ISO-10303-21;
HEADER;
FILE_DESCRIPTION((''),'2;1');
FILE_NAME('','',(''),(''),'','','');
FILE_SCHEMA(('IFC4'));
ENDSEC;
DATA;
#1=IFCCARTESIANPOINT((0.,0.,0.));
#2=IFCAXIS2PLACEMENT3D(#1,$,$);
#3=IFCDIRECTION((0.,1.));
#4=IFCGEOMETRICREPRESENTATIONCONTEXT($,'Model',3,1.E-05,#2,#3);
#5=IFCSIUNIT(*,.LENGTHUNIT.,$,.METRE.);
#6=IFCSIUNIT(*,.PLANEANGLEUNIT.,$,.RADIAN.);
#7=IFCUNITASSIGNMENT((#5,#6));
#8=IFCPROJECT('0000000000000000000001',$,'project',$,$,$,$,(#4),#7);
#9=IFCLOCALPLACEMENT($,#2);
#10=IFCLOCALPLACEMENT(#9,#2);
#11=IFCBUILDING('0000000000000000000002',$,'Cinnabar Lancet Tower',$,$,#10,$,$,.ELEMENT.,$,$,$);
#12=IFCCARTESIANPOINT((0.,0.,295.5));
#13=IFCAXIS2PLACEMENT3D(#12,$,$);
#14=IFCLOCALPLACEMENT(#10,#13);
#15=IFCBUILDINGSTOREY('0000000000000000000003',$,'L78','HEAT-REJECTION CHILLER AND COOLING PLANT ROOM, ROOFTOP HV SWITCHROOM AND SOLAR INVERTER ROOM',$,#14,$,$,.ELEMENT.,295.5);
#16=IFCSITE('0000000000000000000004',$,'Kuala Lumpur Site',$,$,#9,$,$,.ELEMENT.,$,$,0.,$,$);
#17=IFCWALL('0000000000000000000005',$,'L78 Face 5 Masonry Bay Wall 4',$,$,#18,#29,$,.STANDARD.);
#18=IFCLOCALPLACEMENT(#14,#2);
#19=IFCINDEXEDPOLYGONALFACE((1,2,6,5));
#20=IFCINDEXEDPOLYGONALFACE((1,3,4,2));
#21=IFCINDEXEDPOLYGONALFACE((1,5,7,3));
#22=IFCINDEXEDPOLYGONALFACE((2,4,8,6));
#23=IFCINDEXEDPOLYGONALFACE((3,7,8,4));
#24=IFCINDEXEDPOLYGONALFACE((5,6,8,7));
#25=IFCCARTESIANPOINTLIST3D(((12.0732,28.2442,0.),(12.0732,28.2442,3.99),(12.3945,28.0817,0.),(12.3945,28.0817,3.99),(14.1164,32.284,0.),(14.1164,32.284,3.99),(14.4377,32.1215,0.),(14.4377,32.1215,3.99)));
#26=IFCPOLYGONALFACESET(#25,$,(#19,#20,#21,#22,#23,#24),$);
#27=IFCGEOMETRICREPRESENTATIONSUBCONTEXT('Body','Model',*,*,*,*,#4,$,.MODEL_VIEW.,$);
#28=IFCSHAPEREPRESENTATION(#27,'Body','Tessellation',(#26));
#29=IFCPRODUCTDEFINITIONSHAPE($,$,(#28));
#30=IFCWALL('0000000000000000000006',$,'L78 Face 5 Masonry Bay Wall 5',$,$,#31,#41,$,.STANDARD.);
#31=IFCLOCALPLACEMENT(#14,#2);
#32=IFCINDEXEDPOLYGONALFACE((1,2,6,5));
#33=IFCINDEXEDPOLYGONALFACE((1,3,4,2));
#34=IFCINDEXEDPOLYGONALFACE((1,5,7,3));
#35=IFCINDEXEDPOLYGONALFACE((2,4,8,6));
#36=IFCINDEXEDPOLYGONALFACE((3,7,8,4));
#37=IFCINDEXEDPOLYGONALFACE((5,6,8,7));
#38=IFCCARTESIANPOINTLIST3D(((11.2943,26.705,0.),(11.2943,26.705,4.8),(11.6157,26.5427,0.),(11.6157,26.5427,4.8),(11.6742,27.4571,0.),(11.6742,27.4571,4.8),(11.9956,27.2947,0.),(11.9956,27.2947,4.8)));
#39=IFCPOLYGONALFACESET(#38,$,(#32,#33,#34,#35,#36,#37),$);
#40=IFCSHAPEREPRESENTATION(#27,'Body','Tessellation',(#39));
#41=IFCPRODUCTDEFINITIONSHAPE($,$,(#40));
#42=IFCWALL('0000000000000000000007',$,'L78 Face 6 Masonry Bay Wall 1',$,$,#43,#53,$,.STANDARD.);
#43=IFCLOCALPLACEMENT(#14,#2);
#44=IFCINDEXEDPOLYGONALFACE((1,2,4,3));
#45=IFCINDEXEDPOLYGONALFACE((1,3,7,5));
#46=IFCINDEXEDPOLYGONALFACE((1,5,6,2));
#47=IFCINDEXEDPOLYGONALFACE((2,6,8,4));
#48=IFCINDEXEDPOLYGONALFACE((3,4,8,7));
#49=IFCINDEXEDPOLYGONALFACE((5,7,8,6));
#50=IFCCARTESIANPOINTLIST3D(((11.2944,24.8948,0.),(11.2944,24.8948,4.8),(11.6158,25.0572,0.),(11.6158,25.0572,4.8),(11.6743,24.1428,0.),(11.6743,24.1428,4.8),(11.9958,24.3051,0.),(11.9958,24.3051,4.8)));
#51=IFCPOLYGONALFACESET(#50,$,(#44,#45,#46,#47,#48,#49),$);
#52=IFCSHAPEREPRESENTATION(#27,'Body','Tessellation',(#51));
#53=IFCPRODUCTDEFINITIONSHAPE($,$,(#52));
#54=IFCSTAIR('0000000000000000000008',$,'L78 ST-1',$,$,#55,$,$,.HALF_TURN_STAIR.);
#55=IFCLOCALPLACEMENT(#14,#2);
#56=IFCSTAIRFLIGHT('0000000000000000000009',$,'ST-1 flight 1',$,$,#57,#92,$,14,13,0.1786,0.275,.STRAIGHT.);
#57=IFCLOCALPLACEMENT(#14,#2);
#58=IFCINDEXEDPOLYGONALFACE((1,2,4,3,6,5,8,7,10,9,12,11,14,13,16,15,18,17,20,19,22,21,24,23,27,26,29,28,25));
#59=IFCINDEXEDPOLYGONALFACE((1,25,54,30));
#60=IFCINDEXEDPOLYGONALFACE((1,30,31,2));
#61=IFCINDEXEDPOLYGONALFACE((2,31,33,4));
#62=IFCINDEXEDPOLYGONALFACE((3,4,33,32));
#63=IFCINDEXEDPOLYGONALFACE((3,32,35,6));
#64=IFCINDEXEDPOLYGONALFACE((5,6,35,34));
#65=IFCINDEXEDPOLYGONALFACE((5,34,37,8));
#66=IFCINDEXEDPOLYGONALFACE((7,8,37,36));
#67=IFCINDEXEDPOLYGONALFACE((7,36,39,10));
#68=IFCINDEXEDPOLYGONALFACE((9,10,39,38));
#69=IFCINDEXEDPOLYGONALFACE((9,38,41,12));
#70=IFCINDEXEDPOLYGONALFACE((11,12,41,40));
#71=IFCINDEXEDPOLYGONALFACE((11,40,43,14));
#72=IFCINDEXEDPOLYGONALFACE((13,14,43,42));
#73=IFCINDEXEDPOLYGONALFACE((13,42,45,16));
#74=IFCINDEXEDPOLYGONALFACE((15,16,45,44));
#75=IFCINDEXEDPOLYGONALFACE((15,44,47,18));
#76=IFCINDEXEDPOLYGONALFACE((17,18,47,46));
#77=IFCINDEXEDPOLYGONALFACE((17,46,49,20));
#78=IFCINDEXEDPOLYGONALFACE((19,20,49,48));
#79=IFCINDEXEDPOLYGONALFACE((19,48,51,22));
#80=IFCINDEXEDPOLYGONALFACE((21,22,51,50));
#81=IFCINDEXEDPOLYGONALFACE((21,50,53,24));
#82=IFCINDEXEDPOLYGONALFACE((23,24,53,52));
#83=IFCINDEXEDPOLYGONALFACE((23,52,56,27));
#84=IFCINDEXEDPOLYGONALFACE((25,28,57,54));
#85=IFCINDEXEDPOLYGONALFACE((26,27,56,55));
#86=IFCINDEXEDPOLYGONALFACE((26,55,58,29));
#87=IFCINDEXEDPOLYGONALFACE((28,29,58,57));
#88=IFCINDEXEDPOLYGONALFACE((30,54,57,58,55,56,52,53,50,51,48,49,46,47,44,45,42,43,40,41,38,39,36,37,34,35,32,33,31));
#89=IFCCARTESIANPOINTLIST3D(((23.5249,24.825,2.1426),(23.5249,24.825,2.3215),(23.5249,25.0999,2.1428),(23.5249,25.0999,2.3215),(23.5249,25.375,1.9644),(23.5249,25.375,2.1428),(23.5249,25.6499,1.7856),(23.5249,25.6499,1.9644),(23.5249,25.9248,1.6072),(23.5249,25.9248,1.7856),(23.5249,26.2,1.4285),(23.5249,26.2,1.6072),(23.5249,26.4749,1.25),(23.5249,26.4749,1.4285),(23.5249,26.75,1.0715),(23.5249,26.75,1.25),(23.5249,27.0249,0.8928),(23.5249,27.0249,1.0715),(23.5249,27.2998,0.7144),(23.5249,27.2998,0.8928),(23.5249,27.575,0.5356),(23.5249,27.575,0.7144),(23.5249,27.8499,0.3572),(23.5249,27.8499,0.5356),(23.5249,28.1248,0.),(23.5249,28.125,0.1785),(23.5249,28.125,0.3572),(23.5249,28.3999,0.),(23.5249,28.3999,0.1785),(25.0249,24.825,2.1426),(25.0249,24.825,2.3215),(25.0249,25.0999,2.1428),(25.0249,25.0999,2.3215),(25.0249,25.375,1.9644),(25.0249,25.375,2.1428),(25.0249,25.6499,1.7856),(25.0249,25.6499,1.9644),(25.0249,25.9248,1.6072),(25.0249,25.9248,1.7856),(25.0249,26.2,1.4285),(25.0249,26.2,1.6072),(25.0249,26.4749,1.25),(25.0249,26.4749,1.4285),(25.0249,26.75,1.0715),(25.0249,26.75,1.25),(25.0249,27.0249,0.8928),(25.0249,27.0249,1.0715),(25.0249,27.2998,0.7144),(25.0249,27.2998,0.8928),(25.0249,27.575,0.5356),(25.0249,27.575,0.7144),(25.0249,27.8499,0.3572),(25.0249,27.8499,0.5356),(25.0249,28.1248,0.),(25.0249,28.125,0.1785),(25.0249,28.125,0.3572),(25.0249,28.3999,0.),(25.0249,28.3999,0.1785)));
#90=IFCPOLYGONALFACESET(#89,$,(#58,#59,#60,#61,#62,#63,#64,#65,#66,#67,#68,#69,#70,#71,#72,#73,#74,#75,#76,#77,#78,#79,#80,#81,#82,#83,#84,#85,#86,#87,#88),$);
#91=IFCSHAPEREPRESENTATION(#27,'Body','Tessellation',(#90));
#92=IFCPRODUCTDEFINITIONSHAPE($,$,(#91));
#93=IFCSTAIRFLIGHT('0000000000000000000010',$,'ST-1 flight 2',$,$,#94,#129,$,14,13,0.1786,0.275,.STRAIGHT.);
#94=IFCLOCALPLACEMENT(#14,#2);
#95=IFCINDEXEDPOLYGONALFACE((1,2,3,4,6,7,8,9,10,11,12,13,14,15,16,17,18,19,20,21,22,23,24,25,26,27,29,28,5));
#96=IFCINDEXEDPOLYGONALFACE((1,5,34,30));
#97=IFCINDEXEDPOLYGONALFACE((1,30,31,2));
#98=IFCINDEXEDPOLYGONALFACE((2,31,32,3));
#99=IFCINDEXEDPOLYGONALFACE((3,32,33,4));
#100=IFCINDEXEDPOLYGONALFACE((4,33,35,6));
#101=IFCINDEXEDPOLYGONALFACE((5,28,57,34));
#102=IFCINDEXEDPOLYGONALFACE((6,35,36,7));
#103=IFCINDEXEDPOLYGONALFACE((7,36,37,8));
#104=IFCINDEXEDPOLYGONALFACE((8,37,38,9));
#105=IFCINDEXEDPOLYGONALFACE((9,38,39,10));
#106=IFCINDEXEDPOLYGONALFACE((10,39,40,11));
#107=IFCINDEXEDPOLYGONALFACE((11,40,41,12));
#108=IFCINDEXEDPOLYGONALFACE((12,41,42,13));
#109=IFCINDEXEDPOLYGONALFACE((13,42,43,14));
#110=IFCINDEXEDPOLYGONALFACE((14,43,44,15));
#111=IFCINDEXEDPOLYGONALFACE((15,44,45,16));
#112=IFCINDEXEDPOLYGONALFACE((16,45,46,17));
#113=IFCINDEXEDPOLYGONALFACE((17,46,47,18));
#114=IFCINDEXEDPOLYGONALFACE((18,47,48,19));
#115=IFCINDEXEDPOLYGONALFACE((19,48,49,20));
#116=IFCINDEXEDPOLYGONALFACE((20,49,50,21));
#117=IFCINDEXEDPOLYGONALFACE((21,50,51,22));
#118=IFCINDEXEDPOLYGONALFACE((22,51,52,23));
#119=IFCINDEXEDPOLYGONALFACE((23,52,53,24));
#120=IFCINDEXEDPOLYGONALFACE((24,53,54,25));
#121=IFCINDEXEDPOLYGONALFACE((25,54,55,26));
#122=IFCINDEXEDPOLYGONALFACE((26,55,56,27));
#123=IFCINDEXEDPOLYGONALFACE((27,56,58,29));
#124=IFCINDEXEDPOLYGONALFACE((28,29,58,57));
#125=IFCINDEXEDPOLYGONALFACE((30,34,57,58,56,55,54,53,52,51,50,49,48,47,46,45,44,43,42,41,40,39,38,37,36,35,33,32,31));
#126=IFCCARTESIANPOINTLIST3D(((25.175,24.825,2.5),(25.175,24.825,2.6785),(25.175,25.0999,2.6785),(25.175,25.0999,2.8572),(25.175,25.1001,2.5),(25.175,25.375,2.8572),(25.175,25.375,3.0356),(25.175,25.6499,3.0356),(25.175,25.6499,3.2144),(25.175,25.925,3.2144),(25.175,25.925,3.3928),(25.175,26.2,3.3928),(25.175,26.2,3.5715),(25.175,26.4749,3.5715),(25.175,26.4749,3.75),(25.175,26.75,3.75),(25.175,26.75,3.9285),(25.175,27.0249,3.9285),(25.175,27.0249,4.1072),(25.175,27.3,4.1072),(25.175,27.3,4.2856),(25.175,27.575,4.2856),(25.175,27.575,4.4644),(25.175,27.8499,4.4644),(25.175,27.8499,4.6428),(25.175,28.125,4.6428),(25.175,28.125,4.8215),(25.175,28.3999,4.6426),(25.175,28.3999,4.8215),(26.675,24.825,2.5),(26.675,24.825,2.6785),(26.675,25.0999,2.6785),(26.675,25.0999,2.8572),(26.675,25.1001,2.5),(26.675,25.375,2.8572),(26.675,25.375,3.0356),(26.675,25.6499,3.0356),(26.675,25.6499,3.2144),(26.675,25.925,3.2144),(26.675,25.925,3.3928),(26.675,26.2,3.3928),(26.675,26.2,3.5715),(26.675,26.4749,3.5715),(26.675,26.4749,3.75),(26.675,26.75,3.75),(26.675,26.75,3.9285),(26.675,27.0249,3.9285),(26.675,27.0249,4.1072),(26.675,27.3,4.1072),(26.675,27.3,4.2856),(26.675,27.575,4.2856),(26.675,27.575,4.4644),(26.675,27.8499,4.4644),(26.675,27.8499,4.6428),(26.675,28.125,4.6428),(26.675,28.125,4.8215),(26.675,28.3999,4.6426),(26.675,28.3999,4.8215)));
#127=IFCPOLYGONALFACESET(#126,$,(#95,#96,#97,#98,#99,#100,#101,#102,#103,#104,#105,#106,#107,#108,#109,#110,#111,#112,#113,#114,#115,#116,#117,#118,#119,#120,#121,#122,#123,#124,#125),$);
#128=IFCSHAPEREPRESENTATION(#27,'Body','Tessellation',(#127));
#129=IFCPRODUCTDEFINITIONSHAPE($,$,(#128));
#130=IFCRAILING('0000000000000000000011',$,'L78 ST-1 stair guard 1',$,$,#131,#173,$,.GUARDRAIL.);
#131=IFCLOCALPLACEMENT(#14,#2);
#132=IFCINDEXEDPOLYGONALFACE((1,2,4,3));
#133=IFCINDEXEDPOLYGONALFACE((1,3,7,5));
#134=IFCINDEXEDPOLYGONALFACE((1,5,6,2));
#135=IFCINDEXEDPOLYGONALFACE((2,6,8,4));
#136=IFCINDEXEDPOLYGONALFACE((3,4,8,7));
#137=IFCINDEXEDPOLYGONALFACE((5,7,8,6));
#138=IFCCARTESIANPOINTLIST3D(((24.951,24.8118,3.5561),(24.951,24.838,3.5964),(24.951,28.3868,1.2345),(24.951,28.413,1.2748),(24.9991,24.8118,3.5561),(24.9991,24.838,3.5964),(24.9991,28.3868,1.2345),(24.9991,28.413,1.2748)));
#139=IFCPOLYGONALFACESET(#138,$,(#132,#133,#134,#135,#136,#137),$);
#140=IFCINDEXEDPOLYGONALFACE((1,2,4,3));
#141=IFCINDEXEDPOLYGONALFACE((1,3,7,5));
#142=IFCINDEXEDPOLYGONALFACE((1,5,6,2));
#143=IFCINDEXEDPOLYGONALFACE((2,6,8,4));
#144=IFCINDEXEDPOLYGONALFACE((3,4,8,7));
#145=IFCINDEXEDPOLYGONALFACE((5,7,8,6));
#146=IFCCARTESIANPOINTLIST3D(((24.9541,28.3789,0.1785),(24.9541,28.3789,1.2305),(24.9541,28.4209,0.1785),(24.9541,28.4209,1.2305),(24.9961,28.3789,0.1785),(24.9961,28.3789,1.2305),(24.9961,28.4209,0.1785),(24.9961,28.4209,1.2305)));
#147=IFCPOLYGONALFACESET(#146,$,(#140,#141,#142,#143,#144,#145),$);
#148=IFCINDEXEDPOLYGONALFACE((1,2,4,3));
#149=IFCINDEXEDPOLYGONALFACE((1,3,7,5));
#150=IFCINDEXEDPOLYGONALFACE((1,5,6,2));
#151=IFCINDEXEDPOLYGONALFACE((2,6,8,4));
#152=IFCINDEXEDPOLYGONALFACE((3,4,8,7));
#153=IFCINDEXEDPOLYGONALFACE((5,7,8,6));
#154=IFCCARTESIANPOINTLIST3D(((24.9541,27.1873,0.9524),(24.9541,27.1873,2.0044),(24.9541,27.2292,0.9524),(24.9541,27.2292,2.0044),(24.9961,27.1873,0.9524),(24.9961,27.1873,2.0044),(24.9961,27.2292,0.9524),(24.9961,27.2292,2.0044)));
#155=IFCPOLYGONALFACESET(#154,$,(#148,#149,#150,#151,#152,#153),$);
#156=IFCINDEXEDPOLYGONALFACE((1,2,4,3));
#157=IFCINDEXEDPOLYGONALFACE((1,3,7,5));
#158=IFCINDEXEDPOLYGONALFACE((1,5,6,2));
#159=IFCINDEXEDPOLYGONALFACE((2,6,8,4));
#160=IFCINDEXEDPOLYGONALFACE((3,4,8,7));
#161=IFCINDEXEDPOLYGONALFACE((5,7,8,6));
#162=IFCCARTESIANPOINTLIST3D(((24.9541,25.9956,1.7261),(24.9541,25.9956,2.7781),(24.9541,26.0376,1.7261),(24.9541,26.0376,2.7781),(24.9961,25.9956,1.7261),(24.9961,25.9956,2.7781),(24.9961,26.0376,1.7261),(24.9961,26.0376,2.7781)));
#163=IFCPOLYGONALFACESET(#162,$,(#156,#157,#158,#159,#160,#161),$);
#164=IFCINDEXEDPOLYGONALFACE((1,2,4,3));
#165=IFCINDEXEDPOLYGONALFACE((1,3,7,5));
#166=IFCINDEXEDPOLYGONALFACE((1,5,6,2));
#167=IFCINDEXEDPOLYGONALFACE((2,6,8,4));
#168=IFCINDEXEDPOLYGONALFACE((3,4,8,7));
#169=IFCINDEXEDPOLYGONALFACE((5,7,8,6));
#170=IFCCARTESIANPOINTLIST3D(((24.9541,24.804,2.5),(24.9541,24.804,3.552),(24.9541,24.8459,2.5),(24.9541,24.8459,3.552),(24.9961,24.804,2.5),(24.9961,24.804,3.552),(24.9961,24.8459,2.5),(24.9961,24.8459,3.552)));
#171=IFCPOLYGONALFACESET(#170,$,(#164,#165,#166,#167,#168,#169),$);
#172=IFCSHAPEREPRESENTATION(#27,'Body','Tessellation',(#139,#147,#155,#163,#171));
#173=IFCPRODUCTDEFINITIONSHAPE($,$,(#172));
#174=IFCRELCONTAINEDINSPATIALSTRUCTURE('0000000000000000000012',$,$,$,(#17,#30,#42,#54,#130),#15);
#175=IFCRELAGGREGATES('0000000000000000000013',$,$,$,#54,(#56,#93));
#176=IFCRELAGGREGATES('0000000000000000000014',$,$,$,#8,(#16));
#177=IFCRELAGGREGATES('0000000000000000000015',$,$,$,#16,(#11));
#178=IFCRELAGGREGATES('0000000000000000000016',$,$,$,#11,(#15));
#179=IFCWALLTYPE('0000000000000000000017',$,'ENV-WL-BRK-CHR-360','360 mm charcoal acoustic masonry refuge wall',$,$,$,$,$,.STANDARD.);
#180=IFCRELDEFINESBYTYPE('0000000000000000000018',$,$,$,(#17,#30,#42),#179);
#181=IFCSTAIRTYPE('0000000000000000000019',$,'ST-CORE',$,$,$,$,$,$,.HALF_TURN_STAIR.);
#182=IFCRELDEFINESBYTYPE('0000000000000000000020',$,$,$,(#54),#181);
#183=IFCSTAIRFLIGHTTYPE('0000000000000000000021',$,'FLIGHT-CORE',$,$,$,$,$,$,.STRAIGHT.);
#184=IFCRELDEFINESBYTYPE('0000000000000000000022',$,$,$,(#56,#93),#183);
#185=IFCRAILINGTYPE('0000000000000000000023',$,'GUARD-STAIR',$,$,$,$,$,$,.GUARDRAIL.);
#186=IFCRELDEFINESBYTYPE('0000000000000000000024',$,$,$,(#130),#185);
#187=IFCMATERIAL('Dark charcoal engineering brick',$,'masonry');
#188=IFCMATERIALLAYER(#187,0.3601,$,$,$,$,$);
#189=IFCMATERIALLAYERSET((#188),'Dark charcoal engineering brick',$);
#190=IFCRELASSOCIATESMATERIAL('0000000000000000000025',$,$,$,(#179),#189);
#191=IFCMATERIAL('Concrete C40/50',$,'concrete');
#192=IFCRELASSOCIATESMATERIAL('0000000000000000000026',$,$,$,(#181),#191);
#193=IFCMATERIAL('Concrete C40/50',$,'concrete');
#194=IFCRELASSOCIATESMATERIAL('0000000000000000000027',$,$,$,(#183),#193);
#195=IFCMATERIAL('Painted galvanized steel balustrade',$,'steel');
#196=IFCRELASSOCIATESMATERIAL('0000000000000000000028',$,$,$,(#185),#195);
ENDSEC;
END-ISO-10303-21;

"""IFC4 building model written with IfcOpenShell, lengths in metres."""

from ifc_helpers import new_model, si_unit, direction, frame, frame_2d, origin, origin_2d, place, context, subcontext, project, spatial, polyline, rectangle, outline, extrude, material, layer, layer_set, type_object, element, aggregate, save


model = new_model("IFC4")

# Units and contexts
model_context = context("Model", 3, precision=1e-05, world=origin(), true_north=direction((0.0, 1.0)))
body_context = subcontext(model_context, "Body", "Model", "MODEL_VIEW")
ifc_project = project(units=[si_unit("LENGTHUNIT", "METRE"), si_unit("PLANEANGLEUNIT", "RADIAN")], contexts=[model_context])

# Site, building, storey
site_placement = place(None, origin())
site = spatial("IfcSite", under=ifc_project, at=site_placement, Name="Kuala Lumpur Site", CompositionType="ELEMENT", RefElevation=0.0)
building_placement = place(site_placement, origin())
building = spatial("IfcBuilding", under=site, at=building_placement, Name="Cinnabar Lancet Tower", CompositionType="ELEMENT")
storey_placement = place(building_placement, frame((0.0, 0.0, 295.5)))
storey = spatial("IfcBuildingStorey", under=building, at=storey_placement, Name="L78", Description="HEAT-REJECTION CHILLER AND COOLING PLANT ROOM, ROOFTOP HV SWITCHROOM AND SOLAR INVERTER ROOM", CompositionType="ELEMENT", Elevation=295.5)

# Walls
ifc_material_1 = material(Name="Dark charcoal engineering brick", Category="masonry")
ifc_layer_1 = layer(ifc_material_1, 0.3601)
ifc_layer_set_1 = layer_set([ifc_layer_1], Name="Dark charcoal engineering brick")
wall_type_1 = type_object("IfcWallType", Name="ENV-WL-BRK-CHR-360", Description="360 mm charcoal acoustic masonry refuge wall", PredefinedType="STANDARD", material=ifc_layer_set_1)
wall_1_placement = place(storey_placement, frame((14.2771, 32.2029, 0.0), z_axis=(0.0, 0.0, 1.0), x_axis=(-0.451329, -0.892358, 0.0)))
element("IfcWall", 1, at=wall_1_placement, inside=storey, type_object=wall_type_1, Name="L78 Face 5 Masonry Bay Wall 4", PredefinedType="STANDARD", context=body_context, shape_type="SweptSolid", body=[
    extrude(rectangle(XDim=4.5271, YDim=0.3601, at=frame_2d((2.2637, 0.0))), origin(), (0.0, 0.0, 1.0), 3.99),
])
for number, where, z_axis, x_axis, name in (
    (2, (11.835, 27.376, 0.0), (0.0, 0.0, 1.0), (-0.450919, -0.892565, 0.0), "L78 Face 5 Masonry Bay Wall 5"),
    (3, (11.4551, 24.9761, 0.0), (0.0, 0.0, 1.0), (0.450919, -0.892565, 0.0), "L78 Face 6 Masonry Bay Wall 1"),
):
    element("IfcWall", number, at=place(storey_placement, frame(where, z_axis=z_axis, x_axis=x_axis)), inside=storey, type_object=wall_type_1, Name=name, PredefinedType="STANDARD", context=body_context, shape_type="SweptSolid", body=[
        extrude(rectangle(XDim=0.8425, YDim=0.3601, at=frame_2d((0.4214, 0.0))), origin(), (0.0, 0.0, 1.0), 4.8),
    ])

# Stair, stair flights
ifc_material_2 = material(Name="Concrete C40/50", Category="concrete")
stair_type = type_object("IfcStairType", Name="ST-CORE", PredefinedType="HALF_TURN_STAIR", material=ifc_material_2)
stair_placement = place(storey_placement, origin())
stair = element("IfcStair", 4, at=stair_placement, inside=storey, type_object=stair_type, Name="L78 ST-1", PredefinedType="HALF_TURN_STAIR")
ifc_material_3 = material(Name="Concrete C40/50", Category="concrete")
stair_flight_type = type_object("IfcStairFlightType", Name="FLIGHT-CORE", PredefinedType="STRAIGHT", material=ifc_material_3)
stair_flight_1_placement = place(storey_placement, frame((24.2749, 28.3999, 0.0), z_axis=(0.0, 0.0, 1.0), x_axis=(0.0, -1.0, 0.0)))
stair_flight_1 = element("IfcStairFlight", 5, at=stair_flight_1_placement, type_object=stair_flight_type, Name="ST-1 flight 1", NumberOfRisers=14, NumberOfTreads=13, PredefinedType="STRAIGHT", RiserHeight=0.1786, TreadLength=0.275, context=body_context, shape_type="SweptSolid", body=[
    extrude(outline(polyline([(0.0, 0.0), (0.0, 0.1785), (0.2749, 0.1785), (0.2749, 0.3572), (0.55, 0.3572), (0.55, 0.5356), (0.825, 0.5356), (0.825, 0.7144), (1.1001, 0.7144), (1.1001, 0.8928), (1.375, 0.8928), (1.375, 1.0715), (1.6499, 1.0715), (1.6499, 1.25), (1.925, 1.25), (1.925, 1.4285), (2.2, 1.4285), (2.2, 1.6072), (2.4751, 1.6072), (2.4751, 1.7856), (2.75, 1.7856), (2.75, 1.9644), (3.0249, 1.9644), (3.0249, 2.1428), (3.3, 2.1428), (3.3, 2.3215), (3.575, 2.3215), (3.575, 2.5), (3.575, 2.1426), (0.2751, 0.0), (0.0, 0.0)])), frame((0.0, 0.75, 0.0), z_axis=(0.0, -1.0, 0.0), x_axis=(1.0, 0.0, 0.0)), (0.0, 0.0, 1.0), 1.5),
])
stair_flight_2_placement = place(storey_placement, frame((25.925, 24.825, 2.5), z_axis=(0.0, 0.0, 1.0), x_axis=(0.0, 1.0, 0.0)))
stair_flight_2 = element("IfcStairFlight", 6, at=stair_flight_2_placement, type_object=stair_flight_type, Name="ST-1 flight 2", NumberOfRisers=14, NumberOfTreads=13, PredefinedType="STRAIGHT", RiserHeight=0.1786, TreadLength=0.275, context=body_context, shape_type="SweptSolid", body=[
    extrude(outline(polyline([(0.0, 0.0), (0.0, 0.1785), (0.2749, 0.1785), (0.2749, 0.3572), (0.55, 0.3572), (0.55, 0.5356), (0.825, 0.5356), (0.825, 0.7144), (1.1001, 0.7144), (1.1001, 0.8928), (1.375, 0.8928), (1.375, 1.0715), (1.6499, 1.0715), (1.6499, 1.25), (1.925, 1.25), (1.925, 1.4285), (2.2, 1.4285), (2.2, 1.6072), (2.4751, 1.6072), (2.4751, 1.7856), (2.75, 1.7856), (2.75, 1.9644), (3.0249, 1.9644), (3.0249, 2.1428), (3.3, 2.1428), (3.3, 2.3215), (3.575, 2.3215), (3.575, 2.5), (3.575, 2.1426), (0.2751, 0.0), (0.0, 0.0)])), frame((0.0, 0.75, 0.0), z_axis=(0.0, -1.0, 0.0), x_axis=(1.0, 0.0, 0.0)), (0.0, 0.0, 1.0), 1.5),
])
aggregate(stair, [stair_flight_1, stair_flight_2])

# Railing
ifc_material_4 = material(Name="Painted galvanized steel balustrade", Category="steel")
railing_type_1 = type_object("IfcRailingType", Name="GUARD-STAIR", PredefinedType="GUARDRAIL", material=ifc_material_4)
railing_1_placement = place(storey_placement, frame((24.9751, 28.3999, 0.1785)))
element("IfcRailing", 7, at=railing_1_placement, inside=storey, type_object=railing_type_1, Name="L78 ST-1 stair guard 1", PredefinedType="GUARDRAIL", context=body_context, shape_type="SweptSolid", body=[
    extrude(rectangle(XDim=0.0481, YDim=0.0481, at=origin_2d()), frame((0.0, 0.0, 1.0762), z_axis=(0.0, -0.838678, 0.544628), x_axis=(1.0, 0.0, 0.0)), (0.0, 0.0, 1.0), 4.2627),
    extrude(rectangle(XDim=0.042, YDim=0.042, at=origin_2d()), origin(), (0.0, 0.0, 1.0), 1.052),
    extrude(rectangle(XDim=0.042, YDim=0.042, at=origin_2d()), frame((0.0, -1.1917, 0.7739)), (0.0, 0.0, 1.0), 1.052),
    extrude(rectangle(XDim=0.042, YDim=0.042, at=origin_2d()), frame((0.0, -2.3833, 1.5476)), (0.0, 0.0, 1.0), 1.052),
    extrude(rectangle(XDim=0.042, YDim=0.042, at=origin_2d()), frame((0.0, -3.575, 2.3215)), (0.0, 0.0, 1.0), 1.052),
])

save(model, "model.ifc")
